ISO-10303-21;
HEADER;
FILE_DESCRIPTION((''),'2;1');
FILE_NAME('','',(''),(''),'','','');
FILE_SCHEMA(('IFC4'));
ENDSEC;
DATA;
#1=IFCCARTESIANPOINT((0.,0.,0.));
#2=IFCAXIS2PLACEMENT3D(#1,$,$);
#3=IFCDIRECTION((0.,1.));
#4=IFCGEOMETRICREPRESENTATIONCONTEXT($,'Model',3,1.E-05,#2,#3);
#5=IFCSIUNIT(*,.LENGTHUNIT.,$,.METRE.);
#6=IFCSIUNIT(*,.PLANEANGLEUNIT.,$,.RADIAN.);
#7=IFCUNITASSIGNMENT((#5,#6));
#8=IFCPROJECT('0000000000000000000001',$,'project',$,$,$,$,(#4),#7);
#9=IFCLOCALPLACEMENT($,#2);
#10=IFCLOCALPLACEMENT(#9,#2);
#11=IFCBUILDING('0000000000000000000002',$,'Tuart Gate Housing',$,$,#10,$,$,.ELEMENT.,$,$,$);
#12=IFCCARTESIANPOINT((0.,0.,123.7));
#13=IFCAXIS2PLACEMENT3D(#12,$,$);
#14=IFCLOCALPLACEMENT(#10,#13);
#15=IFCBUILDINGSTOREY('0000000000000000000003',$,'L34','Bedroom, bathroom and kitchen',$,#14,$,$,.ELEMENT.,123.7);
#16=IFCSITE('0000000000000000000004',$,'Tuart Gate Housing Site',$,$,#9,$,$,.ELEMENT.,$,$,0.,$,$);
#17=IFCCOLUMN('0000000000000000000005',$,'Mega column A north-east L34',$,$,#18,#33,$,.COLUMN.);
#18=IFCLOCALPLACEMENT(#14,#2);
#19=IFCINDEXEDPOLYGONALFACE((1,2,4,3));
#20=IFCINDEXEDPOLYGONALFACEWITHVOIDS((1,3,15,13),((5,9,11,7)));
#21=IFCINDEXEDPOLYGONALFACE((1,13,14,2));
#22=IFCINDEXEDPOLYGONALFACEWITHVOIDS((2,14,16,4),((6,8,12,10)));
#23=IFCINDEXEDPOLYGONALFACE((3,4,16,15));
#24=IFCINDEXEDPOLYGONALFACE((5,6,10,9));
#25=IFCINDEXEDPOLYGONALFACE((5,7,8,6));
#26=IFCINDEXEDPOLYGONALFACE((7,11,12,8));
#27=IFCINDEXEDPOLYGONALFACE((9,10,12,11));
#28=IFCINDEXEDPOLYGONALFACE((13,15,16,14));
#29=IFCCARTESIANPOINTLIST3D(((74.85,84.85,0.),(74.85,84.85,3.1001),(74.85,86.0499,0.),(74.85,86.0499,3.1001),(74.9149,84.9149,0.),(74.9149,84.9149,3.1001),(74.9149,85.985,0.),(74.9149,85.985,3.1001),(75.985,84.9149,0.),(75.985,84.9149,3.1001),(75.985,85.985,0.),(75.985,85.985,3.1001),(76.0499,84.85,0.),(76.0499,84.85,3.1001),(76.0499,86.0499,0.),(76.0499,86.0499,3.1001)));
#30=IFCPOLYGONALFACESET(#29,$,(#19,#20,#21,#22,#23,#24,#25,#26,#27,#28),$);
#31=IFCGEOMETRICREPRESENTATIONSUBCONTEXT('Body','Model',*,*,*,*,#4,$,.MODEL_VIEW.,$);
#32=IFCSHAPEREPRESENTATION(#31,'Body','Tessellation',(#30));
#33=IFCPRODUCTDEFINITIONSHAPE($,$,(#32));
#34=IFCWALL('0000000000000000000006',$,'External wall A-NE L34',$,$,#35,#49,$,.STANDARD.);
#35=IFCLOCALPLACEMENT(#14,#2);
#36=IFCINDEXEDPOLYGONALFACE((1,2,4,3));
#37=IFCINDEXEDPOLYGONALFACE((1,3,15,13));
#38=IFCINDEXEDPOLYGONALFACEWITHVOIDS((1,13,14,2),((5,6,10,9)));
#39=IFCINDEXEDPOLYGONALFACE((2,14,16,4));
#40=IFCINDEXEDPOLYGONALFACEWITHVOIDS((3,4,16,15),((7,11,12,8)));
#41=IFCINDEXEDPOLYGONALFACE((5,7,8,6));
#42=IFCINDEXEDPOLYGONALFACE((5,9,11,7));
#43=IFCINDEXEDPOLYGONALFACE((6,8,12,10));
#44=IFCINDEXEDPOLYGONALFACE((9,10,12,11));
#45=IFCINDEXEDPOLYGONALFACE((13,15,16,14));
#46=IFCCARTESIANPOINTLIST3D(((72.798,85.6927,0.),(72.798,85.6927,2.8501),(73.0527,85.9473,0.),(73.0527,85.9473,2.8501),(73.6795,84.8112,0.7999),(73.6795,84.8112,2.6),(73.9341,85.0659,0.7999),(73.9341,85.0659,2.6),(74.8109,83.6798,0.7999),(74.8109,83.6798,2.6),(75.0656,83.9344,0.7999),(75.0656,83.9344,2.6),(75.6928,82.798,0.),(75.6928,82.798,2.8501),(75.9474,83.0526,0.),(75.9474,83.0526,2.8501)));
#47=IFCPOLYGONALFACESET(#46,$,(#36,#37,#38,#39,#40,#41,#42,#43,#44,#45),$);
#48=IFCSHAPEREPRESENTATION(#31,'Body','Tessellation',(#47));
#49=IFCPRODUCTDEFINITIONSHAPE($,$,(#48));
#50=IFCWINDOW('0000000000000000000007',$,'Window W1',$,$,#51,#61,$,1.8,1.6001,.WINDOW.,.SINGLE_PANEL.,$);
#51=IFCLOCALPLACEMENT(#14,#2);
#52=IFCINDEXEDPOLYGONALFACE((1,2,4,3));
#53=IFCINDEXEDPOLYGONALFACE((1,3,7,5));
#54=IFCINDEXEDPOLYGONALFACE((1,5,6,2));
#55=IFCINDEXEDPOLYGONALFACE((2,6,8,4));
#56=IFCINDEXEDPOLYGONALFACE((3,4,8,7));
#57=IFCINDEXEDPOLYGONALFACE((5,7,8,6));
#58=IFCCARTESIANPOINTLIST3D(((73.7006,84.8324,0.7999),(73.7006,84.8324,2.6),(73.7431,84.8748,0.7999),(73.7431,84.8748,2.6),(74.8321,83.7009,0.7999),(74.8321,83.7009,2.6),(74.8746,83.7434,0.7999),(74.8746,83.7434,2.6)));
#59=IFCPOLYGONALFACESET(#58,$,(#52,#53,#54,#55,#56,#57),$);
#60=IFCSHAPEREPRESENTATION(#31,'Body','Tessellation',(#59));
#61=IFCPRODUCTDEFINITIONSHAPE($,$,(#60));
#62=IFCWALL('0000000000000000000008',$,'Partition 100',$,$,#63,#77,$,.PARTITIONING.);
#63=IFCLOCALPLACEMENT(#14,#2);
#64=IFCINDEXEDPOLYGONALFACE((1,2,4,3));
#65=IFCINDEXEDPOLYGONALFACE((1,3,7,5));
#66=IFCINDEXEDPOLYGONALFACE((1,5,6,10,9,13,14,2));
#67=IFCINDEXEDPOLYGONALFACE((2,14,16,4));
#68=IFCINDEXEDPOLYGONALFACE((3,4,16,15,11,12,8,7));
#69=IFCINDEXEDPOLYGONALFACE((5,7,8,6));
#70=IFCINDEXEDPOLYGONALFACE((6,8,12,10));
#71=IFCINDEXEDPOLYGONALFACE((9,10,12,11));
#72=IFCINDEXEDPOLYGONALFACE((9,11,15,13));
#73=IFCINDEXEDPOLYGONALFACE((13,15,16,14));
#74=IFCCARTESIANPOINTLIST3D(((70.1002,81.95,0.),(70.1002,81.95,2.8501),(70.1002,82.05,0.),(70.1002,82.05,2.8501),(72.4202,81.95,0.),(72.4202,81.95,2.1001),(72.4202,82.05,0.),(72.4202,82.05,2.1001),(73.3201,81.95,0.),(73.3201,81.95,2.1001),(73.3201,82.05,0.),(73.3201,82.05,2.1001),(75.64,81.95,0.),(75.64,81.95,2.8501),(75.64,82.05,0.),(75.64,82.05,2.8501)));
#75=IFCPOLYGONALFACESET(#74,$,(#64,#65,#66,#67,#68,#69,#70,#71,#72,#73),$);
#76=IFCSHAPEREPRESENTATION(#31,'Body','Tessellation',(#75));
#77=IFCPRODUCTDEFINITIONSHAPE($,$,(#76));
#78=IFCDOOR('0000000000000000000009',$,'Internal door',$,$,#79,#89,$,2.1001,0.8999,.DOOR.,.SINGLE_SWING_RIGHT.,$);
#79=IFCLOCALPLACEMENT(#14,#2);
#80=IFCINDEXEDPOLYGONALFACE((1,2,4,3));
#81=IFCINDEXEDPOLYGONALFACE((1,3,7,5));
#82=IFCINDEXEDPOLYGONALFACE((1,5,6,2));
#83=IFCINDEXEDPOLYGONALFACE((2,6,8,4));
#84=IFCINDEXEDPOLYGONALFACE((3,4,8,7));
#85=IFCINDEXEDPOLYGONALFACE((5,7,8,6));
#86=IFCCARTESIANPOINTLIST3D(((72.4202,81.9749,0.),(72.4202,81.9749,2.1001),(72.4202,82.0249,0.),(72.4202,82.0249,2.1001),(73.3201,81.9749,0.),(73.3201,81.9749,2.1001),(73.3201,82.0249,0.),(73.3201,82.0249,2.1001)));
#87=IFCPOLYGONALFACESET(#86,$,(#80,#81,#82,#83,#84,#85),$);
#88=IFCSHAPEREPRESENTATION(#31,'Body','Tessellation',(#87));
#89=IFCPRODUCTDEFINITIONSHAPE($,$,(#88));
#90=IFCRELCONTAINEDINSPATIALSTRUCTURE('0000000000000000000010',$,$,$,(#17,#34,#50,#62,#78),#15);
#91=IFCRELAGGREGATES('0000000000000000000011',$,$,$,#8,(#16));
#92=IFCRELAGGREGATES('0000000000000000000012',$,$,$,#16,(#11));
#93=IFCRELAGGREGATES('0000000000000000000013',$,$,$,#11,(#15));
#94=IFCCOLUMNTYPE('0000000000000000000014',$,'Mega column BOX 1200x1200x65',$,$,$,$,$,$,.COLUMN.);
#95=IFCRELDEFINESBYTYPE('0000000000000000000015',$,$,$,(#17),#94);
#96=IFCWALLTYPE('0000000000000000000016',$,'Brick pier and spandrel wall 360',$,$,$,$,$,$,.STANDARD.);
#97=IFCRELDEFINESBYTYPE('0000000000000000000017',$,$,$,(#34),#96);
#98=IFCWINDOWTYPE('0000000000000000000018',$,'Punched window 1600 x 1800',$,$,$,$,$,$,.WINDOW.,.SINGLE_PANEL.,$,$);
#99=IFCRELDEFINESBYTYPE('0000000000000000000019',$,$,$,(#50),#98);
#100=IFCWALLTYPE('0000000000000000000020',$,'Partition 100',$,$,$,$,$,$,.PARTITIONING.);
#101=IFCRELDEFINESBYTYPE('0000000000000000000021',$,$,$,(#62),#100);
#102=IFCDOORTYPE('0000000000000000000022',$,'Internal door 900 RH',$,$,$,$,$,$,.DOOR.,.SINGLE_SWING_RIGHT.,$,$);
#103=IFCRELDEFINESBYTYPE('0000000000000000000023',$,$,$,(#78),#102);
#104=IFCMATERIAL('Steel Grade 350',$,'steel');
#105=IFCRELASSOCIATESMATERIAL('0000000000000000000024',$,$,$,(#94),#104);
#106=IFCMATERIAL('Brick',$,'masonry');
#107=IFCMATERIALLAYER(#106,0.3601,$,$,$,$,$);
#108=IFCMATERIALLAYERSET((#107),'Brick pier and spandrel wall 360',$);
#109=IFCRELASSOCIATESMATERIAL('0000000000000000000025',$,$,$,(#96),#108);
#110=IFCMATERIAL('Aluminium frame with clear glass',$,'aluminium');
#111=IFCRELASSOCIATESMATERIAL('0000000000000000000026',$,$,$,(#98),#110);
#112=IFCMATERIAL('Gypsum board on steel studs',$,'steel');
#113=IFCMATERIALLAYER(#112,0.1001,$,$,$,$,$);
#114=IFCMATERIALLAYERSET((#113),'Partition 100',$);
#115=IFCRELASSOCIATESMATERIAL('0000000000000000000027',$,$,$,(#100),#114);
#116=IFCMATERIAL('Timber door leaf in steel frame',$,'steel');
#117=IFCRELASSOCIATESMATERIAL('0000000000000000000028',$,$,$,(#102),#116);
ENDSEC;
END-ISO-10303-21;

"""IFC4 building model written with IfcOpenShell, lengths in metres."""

from ifc_helpers import new_model, si_unit, direction, frame, frame_2d, origin, origin_2d, place, context, subcontext, project, spatial, rectangle, hollow_rectangle, extrude, material, layer, layer_set, material_profile, profile_set, type_object, element, fill, save


model = new_model("IFC4")

# Units and contexts
model_context = context("Model", 3, precision=1e-05, world=origin(), true_north=direction((0.0, 1.0)))
body_context = subcontext(model_context, "Body", "Model", "MODEL_VIEW")
ifc_project = project(units=[si_unit("LENGTHUNIT", "METRE"), si_unit("PLANEANGLEUNIT", "RADIAN")], contexts=[model_context])

# Site, building, storey
site_placement = place(None, origin())
site = spatial("IfcSite", under=ifc_project, at=site_placement, Name="Tuart Gate Housing Site", CompositionType="ELEMENT", RefElevation=0.0)
building_placement = place(site_placement, origin())
building = spatial("IfcBuilding", under=site, at=building_placement, Name="Tuart Gate Housing", CompositionType="ELEMENT")
storey_placement = place(building_placement, frame((0.0, 0.0, 123.7)))
storey = spatial("IfcBuildingStorey", under=building, at=storey_placement, Name="L34", Description="Bedroom, bathroom and kitchen", CompositionType="ELEMENT", Elevation=123.7)

# Column
ifc_material_1 = material(Name="Steel Grade 350", Category="steel")
ifc_material_profile = material_profile(ifc_material_1, hollow_rectangle(XDim=1.2, YDim=1.2, WallThickness=0.0649, at=origin_2d()), Name="BOX 1200x1200x65")
ifc_profile_set = profile_set([ifc_material_profile], Name="Steel Grade 350")
column_type = type_object("IfcColumnType", Name="Mega column BOX 1200x1200x65", PredefinedType="COLUMN", material=ifc_profile_set)
column_placement = place(storey_placement, frame((75.45, 85.45, 0.0), z_axis=(0.0, 0.0, 1.0), x_axis=(1.0, 0.0, 0.0)))
element("IfcColumn", 1, at=column_placement, inside=storey, type_object=column_type, Name="Mega column A north-east L34", PredefinedType="COLUMN", context=body_context, shape_type="SweptSolid", body=[
    extrude(hollow_rectangle(XDim=1.2, YDim=1.2, WallThickness=0.0649, at=origin_2d()), origin(), (0.0, 0.0, 1.0), 3.1001),
])

# Wall, opening, window
ifc_material_2 = material(Name="Brick", Category="masonry")
ifc_layer_1 = layer(ifc_material_2, 0.3601)
ifc_layer_set_1 = layer_set([ifc_layer_1], Name="Brick pier and spandrel wall 360")
wall_type_1 = type_object("IfcWallType", Name="Brick pier and spandrel wall 360", PredefinedType="STANDARD", material=ifc_layer_set_1)
wall_1_placement = place(storey_placement, frame((75.8201, 82.9253, 0.0), z_axis=(0.0, 0.0, 1.0), x_axis=(-0.707107, 0.707107, 0.0)))
wall_1 = element("IfcWall", 2, at=wall_1_placement, inside=storey, type_object=wall_type_1, Name="External wall A-NE L34", PredefinedType="STANDARD", context=body_context, shape_type="SweptSolid", body=[
    extrude(rectangle(XDim=4.0938, YDim=0.3601, at=frame_2d((2.0469, 0.0))), origin(), (0.0, 0.0, 1.0), 2.8501),
])
opening_1_placement = place(wall_1_placement, frame((1.2471, 0.0, 0.8)))
opening_1 = element("IfcOpeningElement", 3, at=opening_1_placement, cuts=wall_1, PredefinedType="OPENING", context=body_context, shape_type="SweptSolid", body=[
    extrude(rectangle(XDim=1.6001, YDim=1.8, at=frame_2d((0.8, 0.8999))), frame((0.0, 0.1899, 0.0), z_axis=(0.0, -1.0, 0.0), x_axis=(1.0, 0.0, 0.0)), (0.0, 0.0, 1.0), 0.3801),
])
ifc_material_3 = material(Name="Aluminium frame with clear glass", Category="aluminium")
window_type_1 = type_object("IfcWindowType", Name="Punched window 1600 x 1800", PartitioningType="SINGLE_PANEL", PredefinedType="WINDOW", material=ifc_material_3)
window_1_placement = place(opening_1_placement, origin())
window_1 = element("IfcWindow", 4, at=window_1_placement, inside=storey, type_object=window_type_1, Name="Window W1", OverallHeight=1.8, OverallWidth=1.6001, PartitioningType="SINGLE_PANEL", PredefinedType="WINDOW", context=body_context, shape_type="SweptSolid", body=[
    extrude(rectangle(XDim=1.6001, YDim=1.8, at=frame_2d((0.8, 0.8999))), frame((0.0, 0.1501, 0.0), z_axis=(0.0, -1.0, 0.0), x_axis=(1.0, 0.0, 0.0)), (0.0, 0.0, 1.0), 0.0601),
])
fill(opening_1, window_1)

# Wall, opening, door
ifc_material_4 = material(Name="Gypsum board on steel studs", Category="steel")
ifc_layer_2 = layer(ifc_material_4, 0.1001)
ifc_layer_set_2 = layer_set([ifc_layer_2], Name="Partition 100")
wall_type_2 = type_object("IfcWallType", Name="Partition 100", PredefinedType="PARTITIONING", material=ifc_layer_set_2)
wall_2_placement = place(storey_placement, frame((70.1001, 82.0, 0.0), z_axis=(0.0, 0.0, 1.0), x_axis=(1.0, 0.0, 0.0)))
wall_2 = element("IfcWall", 5, at=wall_2_placement, inside=storey, type_object=wall_type_2, Name="Partition 100", PredefinedType="PARTITIONING", context=body_context, shape_type="SweptSolid", body=[
    extrude(rectangle(XDim=5.5398, YDim=0.1001, at=frame_2d((2.77, 0.0))), origin(), (0.0, 0.0, 1.0), 2.8501),
])
opening_2_placement = place(wall_2_placement, frame((2.3201, 0.0, 0.0)))
opening_2 = element("IfcOpeningElement", 6, at=opening_2_placement, cuts=wall_2, PredefinedType="OPENING", context=body_context, shape_type="SweptSolid", body=[
    extrude(rectangle(XDim=0.8999, YDim=2.1001, at=frame_2d((0.45, 1.05))), frame((0.0, 0.0601, 0.0), z_axis=(0.0, -1.0, 0.0), x_axis=(1.0, 0.0, 0.0)), (0.0, 0.0, 1.0), 0.1201),
])
ifc_material_5 = material(Name="Timber door leaf in steel frame", Category="steel")
door_type = type_object("IfcDoorType", Name="Internal door 900 RH", OperationType="SINGLE_SWING_RIGHT", PredefinedType="DOOR", material=ifc_material_5)
door_placement = place(opening_2_placement, origin())
door = element("IfcDoor", 7, at=door_placement, inside=storey, type_object=door_type, Name="Internal door", OperationType="SINGLE_SWING_RIGHT", OverallHeight=2.1001, OverallWidth=0.8999, PredefinedType="DOOR", context=body_context, shape_type="SweptSolid", body=[
    extrude(rectangle(XDim=0.8999, YDim=2.1001, at=frame_2d((0.45, 1.05))), frame((0.0, 0.0249, 0.0), z_axis=(0.0, -1.0, 0.0), x_axis=(1.0, 0.0, 0.0)), (0.0, 0.0, 1.0), 0.05),
])
fill(opening_2, door)

save(model, "model.ifc")
